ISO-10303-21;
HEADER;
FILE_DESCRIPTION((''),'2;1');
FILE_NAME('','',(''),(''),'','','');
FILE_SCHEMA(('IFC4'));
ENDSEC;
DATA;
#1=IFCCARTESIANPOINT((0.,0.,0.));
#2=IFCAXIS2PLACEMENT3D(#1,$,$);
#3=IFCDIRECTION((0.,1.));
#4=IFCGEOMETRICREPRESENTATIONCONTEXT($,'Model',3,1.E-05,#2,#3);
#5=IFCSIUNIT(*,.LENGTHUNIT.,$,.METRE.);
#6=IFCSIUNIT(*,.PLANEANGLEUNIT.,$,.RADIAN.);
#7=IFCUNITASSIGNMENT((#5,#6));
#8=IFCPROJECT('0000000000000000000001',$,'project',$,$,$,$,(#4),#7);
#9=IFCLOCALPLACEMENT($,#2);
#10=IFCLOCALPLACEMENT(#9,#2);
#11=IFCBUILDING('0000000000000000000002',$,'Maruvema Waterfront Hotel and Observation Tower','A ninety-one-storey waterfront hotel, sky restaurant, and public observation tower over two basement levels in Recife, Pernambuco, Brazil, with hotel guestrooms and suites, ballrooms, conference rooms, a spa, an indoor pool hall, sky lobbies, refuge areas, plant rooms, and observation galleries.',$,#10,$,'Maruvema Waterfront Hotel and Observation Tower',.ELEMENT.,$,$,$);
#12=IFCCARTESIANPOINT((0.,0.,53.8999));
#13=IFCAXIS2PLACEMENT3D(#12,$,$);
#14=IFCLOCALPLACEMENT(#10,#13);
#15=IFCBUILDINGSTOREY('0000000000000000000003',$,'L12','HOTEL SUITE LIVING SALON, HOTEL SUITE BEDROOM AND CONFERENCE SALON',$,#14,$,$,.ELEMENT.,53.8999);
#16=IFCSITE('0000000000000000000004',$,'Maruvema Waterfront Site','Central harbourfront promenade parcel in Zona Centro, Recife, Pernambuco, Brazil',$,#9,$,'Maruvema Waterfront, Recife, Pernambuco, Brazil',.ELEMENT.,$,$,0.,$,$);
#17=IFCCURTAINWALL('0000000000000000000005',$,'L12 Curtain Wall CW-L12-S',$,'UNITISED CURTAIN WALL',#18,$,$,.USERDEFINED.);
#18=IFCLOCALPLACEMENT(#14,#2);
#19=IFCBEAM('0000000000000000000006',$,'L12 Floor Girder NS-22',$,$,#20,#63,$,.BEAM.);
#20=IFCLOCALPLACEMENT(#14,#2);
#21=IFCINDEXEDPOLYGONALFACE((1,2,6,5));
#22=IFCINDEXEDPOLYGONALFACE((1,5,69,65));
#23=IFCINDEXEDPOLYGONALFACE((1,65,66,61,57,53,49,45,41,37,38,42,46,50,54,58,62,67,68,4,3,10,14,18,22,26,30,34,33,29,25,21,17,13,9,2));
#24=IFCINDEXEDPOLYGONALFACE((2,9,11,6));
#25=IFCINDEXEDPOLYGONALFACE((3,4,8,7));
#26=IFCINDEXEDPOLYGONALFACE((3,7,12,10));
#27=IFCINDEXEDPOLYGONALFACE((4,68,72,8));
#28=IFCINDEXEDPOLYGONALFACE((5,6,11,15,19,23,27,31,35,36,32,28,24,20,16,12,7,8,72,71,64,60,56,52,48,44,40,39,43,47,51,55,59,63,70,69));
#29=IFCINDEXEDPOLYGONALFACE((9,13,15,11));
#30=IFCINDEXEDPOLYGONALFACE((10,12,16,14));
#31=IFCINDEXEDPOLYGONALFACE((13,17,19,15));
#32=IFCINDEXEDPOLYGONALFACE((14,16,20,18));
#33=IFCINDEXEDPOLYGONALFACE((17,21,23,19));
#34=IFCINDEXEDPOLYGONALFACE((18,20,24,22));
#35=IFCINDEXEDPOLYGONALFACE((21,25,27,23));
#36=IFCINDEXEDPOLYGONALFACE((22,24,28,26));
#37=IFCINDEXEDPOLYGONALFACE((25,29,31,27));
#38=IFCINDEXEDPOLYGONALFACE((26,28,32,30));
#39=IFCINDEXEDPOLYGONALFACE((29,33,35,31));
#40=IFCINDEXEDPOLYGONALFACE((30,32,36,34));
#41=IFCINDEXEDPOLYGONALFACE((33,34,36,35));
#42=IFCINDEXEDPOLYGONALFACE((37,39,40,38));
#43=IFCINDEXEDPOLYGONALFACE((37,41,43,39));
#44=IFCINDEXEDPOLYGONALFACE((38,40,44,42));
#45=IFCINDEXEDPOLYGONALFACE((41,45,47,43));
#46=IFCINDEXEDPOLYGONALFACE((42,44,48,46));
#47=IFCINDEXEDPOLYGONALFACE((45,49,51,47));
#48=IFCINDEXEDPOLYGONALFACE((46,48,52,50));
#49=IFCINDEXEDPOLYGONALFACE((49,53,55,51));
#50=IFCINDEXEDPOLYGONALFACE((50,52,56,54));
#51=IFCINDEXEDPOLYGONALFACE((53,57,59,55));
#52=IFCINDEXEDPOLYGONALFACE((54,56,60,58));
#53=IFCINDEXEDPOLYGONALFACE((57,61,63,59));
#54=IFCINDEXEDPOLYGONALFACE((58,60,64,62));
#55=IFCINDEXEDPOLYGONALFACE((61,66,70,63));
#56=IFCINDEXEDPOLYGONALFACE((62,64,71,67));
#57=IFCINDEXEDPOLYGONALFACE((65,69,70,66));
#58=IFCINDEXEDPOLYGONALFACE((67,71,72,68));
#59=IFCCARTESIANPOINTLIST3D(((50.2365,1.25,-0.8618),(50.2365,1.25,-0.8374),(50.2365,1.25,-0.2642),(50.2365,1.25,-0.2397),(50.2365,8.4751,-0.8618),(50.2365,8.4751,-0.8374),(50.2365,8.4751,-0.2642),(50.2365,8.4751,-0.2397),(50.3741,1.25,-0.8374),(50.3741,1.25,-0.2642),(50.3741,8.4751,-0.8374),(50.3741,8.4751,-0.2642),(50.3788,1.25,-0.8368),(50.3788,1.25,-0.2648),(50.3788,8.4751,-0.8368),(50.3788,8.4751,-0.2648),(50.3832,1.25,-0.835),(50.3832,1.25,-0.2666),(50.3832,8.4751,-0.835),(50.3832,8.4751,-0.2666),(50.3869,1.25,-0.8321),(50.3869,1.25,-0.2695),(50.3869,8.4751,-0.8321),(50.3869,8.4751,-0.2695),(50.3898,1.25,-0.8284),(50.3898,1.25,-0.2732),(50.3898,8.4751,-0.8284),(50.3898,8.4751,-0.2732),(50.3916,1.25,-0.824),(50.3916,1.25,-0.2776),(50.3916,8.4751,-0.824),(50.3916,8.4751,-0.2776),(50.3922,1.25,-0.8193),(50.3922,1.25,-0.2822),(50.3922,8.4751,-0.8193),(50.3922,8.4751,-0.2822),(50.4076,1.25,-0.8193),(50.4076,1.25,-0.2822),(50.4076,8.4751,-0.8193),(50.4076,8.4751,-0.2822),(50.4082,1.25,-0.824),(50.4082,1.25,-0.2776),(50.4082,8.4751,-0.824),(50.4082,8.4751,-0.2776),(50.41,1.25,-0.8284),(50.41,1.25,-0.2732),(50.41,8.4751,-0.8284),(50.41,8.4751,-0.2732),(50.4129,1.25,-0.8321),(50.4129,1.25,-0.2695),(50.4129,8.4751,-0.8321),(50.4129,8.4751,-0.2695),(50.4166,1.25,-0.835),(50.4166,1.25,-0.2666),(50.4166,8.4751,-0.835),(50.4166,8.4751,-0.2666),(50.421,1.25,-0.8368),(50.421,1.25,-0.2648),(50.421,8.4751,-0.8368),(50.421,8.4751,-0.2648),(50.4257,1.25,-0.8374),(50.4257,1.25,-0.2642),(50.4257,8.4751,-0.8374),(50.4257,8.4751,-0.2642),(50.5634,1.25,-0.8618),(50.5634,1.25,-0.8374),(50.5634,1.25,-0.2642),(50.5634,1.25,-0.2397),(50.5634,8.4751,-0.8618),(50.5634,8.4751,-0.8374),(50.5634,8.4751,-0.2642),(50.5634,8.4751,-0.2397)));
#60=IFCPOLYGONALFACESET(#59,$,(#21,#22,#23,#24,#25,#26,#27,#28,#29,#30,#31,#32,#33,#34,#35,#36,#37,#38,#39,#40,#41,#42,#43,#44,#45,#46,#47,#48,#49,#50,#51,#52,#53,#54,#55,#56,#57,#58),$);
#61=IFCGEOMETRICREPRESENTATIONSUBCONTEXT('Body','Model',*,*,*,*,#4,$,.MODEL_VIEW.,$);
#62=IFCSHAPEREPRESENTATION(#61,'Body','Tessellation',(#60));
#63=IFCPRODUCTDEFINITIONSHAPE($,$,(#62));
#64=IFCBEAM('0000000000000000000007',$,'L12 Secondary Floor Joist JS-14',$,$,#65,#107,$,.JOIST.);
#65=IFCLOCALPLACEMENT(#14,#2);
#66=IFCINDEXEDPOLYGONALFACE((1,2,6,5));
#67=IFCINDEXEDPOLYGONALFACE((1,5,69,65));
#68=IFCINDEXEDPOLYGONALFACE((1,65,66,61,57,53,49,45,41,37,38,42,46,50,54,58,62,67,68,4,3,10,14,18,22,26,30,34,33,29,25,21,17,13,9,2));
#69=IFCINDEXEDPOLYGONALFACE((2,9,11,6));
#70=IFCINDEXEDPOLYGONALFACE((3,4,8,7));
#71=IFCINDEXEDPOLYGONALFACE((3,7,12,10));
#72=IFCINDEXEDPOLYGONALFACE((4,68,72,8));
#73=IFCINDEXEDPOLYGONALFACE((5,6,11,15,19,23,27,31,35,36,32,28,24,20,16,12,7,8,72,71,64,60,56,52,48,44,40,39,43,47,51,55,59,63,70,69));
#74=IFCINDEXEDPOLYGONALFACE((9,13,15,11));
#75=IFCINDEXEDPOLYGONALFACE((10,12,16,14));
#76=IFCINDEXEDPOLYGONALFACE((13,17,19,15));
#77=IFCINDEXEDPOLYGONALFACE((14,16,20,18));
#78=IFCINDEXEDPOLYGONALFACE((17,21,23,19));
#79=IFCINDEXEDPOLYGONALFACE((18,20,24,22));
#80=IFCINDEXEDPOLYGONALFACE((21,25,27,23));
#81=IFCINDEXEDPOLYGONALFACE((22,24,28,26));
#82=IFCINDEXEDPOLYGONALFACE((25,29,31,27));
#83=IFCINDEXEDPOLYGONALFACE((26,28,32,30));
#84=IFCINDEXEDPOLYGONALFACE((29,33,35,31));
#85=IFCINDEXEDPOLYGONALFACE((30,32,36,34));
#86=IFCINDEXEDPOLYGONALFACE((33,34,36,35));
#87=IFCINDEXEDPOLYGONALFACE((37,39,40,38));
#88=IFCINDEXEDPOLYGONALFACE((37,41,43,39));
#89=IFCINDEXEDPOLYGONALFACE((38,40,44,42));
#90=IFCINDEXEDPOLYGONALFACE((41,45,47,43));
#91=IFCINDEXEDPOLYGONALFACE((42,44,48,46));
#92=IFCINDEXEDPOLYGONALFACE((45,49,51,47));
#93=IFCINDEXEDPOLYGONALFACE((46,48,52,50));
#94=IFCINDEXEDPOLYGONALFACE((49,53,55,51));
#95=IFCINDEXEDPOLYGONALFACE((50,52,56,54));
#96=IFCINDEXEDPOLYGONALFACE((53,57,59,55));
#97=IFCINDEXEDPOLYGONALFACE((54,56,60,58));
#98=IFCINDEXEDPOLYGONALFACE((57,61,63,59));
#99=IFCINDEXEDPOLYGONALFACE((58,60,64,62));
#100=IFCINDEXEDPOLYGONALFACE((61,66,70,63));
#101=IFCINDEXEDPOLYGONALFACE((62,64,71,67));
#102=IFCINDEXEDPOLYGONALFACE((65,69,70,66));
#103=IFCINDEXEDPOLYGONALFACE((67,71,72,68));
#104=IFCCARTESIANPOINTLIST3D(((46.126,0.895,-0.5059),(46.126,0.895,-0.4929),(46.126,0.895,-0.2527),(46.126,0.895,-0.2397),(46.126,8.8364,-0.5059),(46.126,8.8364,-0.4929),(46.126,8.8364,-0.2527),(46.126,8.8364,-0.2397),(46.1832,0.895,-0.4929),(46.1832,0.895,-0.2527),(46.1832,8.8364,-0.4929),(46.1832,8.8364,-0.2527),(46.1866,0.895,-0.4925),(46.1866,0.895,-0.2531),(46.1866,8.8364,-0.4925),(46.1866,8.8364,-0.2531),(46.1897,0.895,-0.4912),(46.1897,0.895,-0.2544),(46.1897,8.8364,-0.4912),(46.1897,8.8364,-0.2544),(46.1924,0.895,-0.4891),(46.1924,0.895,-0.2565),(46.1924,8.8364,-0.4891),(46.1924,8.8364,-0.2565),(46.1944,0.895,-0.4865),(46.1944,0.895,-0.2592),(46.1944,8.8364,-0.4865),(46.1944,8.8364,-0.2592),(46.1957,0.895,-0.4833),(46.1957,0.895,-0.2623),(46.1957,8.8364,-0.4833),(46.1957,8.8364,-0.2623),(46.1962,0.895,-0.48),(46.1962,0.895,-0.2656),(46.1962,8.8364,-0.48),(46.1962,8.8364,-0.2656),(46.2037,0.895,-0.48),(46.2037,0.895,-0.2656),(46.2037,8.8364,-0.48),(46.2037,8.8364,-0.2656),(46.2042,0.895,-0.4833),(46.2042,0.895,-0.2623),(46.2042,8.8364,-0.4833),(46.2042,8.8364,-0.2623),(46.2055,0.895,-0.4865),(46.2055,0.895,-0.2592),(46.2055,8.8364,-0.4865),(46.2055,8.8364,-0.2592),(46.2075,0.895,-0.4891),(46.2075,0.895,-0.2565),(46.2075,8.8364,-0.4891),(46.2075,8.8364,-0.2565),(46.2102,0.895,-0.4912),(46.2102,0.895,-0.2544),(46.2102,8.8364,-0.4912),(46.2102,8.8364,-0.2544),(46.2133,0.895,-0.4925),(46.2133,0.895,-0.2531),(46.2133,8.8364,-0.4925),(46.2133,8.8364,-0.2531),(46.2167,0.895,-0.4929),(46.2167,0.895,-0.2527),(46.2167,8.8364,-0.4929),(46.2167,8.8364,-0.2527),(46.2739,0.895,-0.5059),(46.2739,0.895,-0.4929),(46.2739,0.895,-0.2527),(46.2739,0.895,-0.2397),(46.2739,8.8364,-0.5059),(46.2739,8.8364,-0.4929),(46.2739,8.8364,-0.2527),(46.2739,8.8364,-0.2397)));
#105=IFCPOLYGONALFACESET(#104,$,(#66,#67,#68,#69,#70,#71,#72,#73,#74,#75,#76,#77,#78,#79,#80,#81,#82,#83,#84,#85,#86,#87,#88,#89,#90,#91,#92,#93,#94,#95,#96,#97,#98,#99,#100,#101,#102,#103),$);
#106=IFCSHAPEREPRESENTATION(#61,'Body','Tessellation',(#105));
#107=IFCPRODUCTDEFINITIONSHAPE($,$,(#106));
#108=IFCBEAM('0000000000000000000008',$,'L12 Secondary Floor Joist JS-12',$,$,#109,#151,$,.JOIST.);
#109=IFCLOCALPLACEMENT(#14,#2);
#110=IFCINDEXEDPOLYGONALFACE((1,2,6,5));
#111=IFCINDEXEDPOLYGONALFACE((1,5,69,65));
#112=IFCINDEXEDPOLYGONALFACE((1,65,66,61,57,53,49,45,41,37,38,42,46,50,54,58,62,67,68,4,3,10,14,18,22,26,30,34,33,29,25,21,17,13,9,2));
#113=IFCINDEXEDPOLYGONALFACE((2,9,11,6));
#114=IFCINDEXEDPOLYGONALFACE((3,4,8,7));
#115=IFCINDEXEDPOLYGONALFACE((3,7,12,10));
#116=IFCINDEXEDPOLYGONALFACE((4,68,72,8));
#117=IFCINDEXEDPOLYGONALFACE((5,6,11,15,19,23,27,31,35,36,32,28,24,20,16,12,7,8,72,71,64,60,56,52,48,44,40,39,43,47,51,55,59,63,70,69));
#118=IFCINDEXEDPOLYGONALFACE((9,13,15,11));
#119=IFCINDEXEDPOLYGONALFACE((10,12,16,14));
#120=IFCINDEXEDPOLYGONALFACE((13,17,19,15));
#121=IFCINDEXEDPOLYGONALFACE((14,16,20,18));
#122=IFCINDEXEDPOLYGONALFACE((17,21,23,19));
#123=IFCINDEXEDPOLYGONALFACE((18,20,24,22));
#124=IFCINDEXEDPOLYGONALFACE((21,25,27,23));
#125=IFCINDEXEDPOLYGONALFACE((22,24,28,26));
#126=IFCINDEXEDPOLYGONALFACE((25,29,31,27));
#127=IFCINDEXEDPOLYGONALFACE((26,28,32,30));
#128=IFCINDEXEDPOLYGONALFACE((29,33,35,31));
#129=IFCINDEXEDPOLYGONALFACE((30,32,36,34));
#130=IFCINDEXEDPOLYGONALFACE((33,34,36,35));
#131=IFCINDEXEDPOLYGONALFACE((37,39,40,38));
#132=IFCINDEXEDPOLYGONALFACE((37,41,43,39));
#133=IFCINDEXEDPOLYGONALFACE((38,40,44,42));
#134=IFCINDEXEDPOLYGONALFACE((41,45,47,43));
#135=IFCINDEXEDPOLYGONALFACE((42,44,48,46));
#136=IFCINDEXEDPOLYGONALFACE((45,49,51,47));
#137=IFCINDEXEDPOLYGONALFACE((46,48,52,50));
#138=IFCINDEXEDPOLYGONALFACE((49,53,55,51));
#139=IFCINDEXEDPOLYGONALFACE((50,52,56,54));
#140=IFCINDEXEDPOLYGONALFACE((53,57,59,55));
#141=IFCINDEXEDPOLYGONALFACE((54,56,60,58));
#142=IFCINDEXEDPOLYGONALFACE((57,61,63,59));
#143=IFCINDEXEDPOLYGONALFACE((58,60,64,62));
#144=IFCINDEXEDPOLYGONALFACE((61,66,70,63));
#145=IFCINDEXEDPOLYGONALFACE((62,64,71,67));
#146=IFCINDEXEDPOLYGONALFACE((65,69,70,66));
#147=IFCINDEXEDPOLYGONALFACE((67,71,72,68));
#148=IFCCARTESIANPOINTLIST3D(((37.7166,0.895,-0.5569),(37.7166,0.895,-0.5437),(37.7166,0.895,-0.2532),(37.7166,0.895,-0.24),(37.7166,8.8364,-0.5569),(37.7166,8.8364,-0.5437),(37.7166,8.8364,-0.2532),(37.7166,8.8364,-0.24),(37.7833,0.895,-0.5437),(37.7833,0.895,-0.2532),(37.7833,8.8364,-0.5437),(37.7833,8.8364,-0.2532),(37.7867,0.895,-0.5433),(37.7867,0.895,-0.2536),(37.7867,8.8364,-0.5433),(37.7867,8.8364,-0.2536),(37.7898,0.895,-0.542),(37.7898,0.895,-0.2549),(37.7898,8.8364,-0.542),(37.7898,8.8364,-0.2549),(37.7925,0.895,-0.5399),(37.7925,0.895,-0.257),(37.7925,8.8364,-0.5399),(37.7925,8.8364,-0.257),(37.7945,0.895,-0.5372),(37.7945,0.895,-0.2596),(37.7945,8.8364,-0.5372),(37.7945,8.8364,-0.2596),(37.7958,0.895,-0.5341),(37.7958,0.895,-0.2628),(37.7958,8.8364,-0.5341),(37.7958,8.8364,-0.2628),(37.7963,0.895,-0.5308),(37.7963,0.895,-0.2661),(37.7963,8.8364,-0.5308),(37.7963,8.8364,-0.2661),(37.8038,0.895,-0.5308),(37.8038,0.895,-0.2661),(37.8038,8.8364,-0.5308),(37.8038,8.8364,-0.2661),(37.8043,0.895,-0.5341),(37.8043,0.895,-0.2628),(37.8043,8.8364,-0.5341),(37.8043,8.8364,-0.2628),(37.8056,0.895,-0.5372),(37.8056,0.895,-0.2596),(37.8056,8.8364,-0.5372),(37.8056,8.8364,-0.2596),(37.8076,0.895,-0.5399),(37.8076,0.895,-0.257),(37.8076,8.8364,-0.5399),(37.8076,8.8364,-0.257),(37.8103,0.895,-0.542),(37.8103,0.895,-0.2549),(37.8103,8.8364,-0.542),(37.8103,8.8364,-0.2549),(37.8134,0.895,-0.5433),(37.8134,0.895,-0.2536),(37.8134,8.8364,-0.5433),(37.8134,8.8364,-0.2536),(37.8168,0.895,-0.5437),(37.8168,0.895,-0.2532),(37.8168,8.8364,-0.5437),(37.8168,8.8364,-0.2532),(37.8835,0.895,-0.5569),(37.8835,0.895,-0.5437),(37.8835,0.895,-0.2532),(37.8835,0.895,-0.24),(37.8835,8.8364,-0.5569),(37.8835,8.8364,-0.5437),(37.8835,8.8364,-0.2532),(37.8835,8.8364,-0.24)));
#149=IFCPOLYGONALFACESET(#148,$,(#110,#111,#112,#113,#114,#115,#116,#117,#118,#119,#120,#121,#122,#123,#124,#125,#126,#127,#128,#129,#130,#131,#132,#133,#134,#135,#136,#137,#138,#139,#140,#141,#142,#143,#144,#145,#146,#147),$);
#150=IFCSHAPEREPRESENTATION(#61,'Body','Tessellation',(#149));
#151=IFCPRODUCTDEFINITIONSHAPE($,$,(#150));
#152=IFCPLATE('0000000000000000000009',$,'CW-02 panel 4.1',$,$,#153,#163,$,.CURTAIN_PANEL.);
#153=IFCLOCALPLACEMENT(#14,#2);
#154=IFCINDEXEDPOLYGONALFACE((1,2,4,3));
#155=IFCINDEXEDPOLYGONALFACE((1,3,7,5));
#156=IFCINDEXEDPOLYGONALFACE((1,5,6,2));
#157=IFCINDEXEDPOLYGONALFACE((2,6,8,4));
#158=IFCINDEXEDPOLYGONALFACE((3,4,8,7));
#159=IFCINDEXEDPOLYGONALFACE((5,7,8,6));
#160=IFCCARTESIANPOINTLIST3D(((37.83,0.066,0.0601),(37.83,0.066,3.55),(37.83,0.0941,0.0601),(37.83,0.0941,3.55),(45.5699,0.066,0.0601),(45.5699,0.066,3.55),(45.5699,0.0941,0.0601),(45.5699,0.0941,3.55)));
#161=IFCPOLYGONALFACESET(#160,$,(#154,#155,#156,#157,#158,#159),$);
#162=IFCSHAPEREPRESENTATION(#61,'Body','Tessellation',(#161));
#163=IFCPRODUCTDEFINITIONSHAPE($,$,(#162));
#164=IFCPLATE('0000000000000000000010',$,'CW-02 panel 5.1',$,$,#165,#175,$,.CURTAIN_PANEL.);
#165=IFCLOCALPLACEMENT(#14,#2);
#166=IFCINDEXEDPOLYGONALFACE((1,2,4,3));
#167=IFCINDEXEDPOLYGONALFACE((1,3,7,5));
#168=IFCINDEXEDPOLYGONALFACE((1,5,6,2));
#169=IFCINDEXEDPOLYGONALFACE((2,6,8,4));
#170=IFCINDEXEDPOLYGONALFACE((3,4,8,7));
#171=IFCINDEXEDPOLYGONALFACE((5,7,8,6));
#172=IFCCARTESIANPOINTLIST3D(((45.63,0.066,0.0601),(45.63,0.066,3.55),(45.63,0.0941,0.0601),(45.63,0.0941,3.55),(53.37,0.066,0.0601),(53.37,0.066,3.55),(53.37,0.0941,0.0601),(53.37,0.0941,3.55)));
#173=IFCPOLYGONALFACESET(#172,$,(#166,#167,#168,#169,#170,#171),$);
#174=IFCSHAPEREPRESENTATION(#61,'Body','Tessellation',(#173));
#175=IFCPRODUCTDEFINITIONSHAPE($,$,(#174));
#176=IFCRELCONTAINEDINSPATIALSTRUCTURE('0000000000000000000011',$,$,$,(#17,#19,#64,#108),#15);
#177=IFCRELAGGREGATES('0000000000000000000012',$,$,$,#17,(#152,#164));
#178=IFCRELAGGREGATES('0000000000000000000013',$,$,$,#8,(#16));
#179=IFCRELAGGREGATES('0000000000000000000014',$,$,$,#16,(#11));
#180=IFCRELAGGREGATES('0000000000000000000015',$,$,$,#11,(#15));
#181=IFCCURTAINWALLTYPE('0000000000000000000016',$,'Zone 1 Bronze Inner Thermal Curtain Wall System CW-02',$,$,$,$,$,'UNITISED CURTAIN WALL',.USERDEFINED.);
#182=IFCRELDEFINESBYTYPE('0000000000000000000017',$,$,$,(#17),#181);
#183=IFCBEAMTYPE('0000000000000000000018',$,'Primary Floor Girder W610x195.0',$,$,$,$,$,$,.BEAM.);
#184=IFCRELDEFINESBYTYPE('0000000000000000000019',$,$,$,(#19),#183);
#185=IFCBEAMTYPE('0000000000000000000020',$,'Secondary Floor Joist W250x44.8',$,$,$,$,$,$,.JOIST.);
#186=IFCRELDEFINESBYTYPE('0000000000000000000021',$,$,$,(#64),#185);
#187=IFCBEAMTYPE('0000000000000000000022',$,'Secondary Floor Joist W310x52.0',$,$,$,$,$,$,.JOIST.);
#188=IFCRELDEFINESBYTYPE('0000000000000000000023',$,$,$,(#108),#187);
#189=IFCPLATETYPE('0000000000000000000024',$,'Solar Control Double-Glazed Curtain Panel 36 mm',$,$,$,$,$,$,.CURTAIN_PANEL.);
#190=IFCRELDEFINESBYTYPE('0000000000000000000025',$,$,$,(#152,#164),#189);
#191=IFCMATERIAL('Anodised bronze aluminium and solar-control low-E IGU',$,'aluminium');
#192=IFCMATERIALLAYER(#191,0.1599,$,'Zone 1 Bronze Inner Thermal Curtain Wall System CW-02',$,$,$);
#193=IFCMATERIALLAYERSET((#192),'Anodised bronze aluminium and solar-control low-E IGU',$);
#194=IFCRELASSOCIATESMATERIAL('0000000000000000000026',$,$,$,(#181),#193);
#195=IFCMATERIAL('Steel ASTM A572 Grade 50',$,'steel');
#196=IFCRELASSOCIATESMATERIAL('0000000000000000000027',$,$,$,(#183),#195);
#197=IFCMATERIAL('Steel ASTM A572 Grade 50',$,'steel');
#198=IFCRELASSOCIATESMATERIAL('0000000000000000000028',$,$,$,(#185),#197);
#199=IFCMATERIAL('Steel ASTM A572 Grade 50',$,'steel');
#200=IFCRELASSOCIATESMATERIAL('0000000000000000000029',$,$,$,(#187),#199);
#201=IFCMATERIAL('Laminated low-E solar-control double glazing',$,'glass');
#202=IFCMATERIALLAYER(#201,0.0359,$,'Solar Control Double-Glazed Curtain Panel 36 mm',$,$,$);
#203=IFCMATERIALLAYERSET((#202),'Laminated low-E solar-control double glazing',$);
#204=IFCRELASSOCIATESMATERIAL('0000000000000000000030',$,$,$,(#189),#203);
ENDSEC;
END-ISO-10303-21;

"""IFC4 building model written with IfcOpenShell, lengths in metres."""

from ifc_helpers import new_model, si_unit, direction, frame, origin, origin_2d, place, context, subcontext, project, spatial, rectangle, i_section, extrude, material, layer, layer_set, material_profile, profile_set, type_object, element, aggregate, save


model = new_model("IFC4")

# Units and contexts
model_context = context("Model", 3, precision=1e-05, world=origin(), true_north=direction((0.0, 1.0)))
body_context = subcontext(model_context, "Body", "Model", "MODEL_VIEW")
ifc_project = project(units=[si_unit("LENGTHUNIT", "METRE"), si_unit("PLANEANGLEUNIT", "RADIAN")], contexts=[model_context])

# Site, building, storey
site_placement = place(None, origin())
site = spatial("IfcSite", under=ifc_project, at=site_placement, Name="Maruvema Waterfront Site", Description="Central harbourfront promenade parcel in Zona Centro, Recife, Pernambuco, Brazil", LongName="Maruvema Waterfront, Recife, Pernambuco, Brazil", CompositionType="ELEMENT", RefElevation=0.0)
building_placement = place(site_placement, origin())
building = spatial("IfcBuilding", under=site, at=building_placement, Name="Maruvema Waterfront Hotel and Observation Tower", Description="A ninety-one-storey waterfront hotel, sky restaurant, and public observation tower over two basement levels in Recife, Pernambuco, Brazil, with hotel guestrooms and suites, ballrooms, conference rooms, a spa, an indoor pool hall, sky lobbies, refuge areas, plant rooms, and observation galleries.", LongName="Maruvema Waterfront Hotel and Observation Tower", CompositionType="ELEMENT")
storey_placement = place(building_placement, frame((0.0, 0.0, 53.8999)))
storey = spatial("IfcBuildingStorey", under=building, at=storey_placement, Name="L12", Description="HOTEL SUITE LIVING SALON, HOTEL SUITE BEDROOM AND CONFERENCE SALON", CompositionType="ELEMENT", Elevation=53.8999)

# Curtain wall
ifc_material_1 = material(Name="Anodised bronze aluminium and solar-control low-E IGU", Category="aluminium")
ifc_layer_1 = layer(ifc_material_1, 0.1599, Name="Zone 1 Bronze Inner Thermal Curtain Wall System CW-02")
ifc_layer_set_1 = layer_set([ifc_layer_1], Name="Anodised bronze aluminium and solar-control low-E IGU")
curtain_wall_type = type_object("IfcCurtainWallType", Name="Zone 1 Bronze Inner Thermal Curtain Wall System CW-02", ElementType="UNITISED CURTAIN WALL", PredefinedType="USERDEFINED", material=ifc_layer_set_1)
curtain_wall_placement = place(storey_placement, origin())
curtain_wall = element("IfcCurtainWall", 1, at=curtain_wall_placement, inside=storey, type_object=curtain_wall_type, Name="L12 Curtain Wall CW-L12-S", ObjectType="UNITISED CURTAIN WALL", PredefinedType="USERDEFINED")

# Beams
ifc_material_2 = material(Name="Steel ASTM A572 Grade 50", Category="steel")
ifc_material_profile_1 = material_profile(ifc_material_2, i_section(OverallWidth=0.3269, OverallDepth=0.6221, WebThickness=0.0154, FlangeThickness=0.0244, FilletRadius=0.0181, at=origin_2d()), Name="W610x195.0")
ifc_profile_set_1 = profile_set([ifc_material_profile_1], Name="Steel ASTM A572 Grade 50")
beam_type_1 = type_object("IfcBeamType", Name="Primary Floor Girder W610x195.0", PredefinedType="BEAM", material=ifc_profile_set_1)
beam_1_placement = place(storey_placement, frame((50.3999, 1.25, -0.5508), z_axis=(0.0, 1.0, 0.0), x_axis=(-1.0, 0.0, 0.0)))
element("IfcBeam", 2, at=beam_1_placement, inside=storey, type_object=beam_type_1, Name="L12 Floor Girder NS-22", PredefinedType="BEAM", context=body_context, shape_type="SweptSolid", body=[
    extrude(i_section(OverallWidth=0.3269, OverallDepth=0.6221, WebThickness=0.0154, FlangeThickness=0.0244, FilletRadius=0.0181, at=origin_2d()), origin(), (0.0, 0.0, 1.0), 7.2251),
])
ifc_material_3 = material(Name="Steel ASTM A572 Grade 50", Category="steel")
ifc_material_profile_2 = material_profile(ifc_material_3, i_section(OverallWidth=0.1479, OverallDepth=0.2661, WebThickness=0.0076, FlangeThickness=0.0129, FilletRadius=0.0129, at=origin_2d()), Name="W250x44.8")
ifc_profile_set_2 = profile_set([ifc_material_profile_2], Name="Steel ASTM A572 Grade 50")
beam_type_2 = type_object("IfcBeamType", Name="Secondary Floor Joist W250x44.8", PredefinedType="JOIST", material=ifc_profile_set_2)
beam_2_placement = place(storey_placement, frame((46.2, 0.895, -0.3728), z_axis=(0.0, 1.0, 0.0), x_axis=(-1.0, 0.0, 0.0)))
element("IfcBeam", 3, at=beam_2_placement, inside=storey, type_object=beam_type_2, Name="L12 Secondary Floor Joist JS-14", PredefinedType="JOIST", context=body_context, shape_type="SweptSolid", body=[
    extrude(i_section(OverallWidth=0.1479, OverallDepth=0.2661, WebThickness=0.0076, FlangeThickness=0.0129, FilletRadius=0.0129, at=origin_2d()), origin(), (0.0, 0.0, 1.0), 7.9414),
])
ifc_material_4 = material(Name="Steel ASTM A572 Grade 50", Category="steel")
ifc_material_profile_3 = material_profile(ifc_material_4, i_section(OverallWidth=0.167, OverallDepth=0.3169, WebThickness=0.0076, FlangeThickness=0.0132, FilletRadius=0.0129, at=origin_2d()), Name="W310x52.0")
ifc_profile_set_3 = profile_set([ifc_material_profile_3], Name="Steel ASTM A572 Grade 50")
beam_type_3 = type_object("IfcBeamType", Name="Secondary Floor Joist W310x52.0", PredefinedType="JOIST", material=ifc_profile_set_3)
beam_3_placement = place(storey_placement, frame((37.8, 0.895, -0.3984), z_axis=(0.0, 1.0, 0.0), x_axis=(-1.0, 0.0, 0.0)))
element("IfcBeam", 4, at=beam_3_placement, inside=storey, type_object=beam_type_3, Name="L12 Secondary Floor Joist JS-12", PredefinedType="JOIST", context=body_context, shape_type="SweptSolid", body=[
    extrude(i_section(OverallWidth=0.167, OverallDepth=0.3169, WebThickness=0.0076, FlangeThickness=0.0132, FilletRadius=0.0129, at=origin_2d()), origin(), (0.0, 0.0, 1.0), 7.9414),
])

# Plates
ifc_material_5 = material(Name="Laminated low-E solar-control double glazing", Category="glass")
ifc_layer_2 = layer(ifc_material_5, 0.0359, Name="Solar Control Double-Glazed Curtain Panel 36 mm")
ifc_layer_set_2 = layer_set([ifc_layer_2], Name="Laminated low-E solar-control double glazing")
plate_type = type_object("IfcPlateType", Name="Solar Control Double-Glazed Curtain Panel 36 mm", PredefinedType="CURTAIN_PANEL", material=ifc_layer_set_2)
plate_1_placement = place(storey_placement, frame((41.7, 0.0801, 0.0601), z_axis=(0.0, 0.0, 1.0), x_axis=(1.0, 0.0, 0.0)))
plate_1 = element("IfcPlate", 5, at=plate_1_placement, type_object=plate_type, Name="CW-02 panel 4.1", PredefinedType="CURTAIN_PANEL", context=body_context, shape_type="SweptSolid", body=[
    extrude(rectangle(XDim=7.74, YDim=0.0281, at=origin_2d()), origin(), (0.0, 0.0, 1.0), 3.49),
])
plate_2_placement = place(storey_placement, frame((49.5, 0.0801, 0.0601), z_axis=(0.0, 0.0, 1.0), x_axis=(1.0, 0.0, 0.0)))
plate_2 = element("IfcPlate", 6, at=plate_2_placement, type_object=plate_type, Name="CW-02 panel 5.1", PredefinedType="CURTAIN_PANEL", context=body_context, shape_type="SweptSolid", body=[
    extrude(rectangle(XDim=7.74, YDim=0.0281, at=origin_2d()), origin(), (0.0, 0.0, 1.0), 3.49),
])
aggregate(curtain_wall, [plate_1, plate_2])

save(model, "model.ifc")
